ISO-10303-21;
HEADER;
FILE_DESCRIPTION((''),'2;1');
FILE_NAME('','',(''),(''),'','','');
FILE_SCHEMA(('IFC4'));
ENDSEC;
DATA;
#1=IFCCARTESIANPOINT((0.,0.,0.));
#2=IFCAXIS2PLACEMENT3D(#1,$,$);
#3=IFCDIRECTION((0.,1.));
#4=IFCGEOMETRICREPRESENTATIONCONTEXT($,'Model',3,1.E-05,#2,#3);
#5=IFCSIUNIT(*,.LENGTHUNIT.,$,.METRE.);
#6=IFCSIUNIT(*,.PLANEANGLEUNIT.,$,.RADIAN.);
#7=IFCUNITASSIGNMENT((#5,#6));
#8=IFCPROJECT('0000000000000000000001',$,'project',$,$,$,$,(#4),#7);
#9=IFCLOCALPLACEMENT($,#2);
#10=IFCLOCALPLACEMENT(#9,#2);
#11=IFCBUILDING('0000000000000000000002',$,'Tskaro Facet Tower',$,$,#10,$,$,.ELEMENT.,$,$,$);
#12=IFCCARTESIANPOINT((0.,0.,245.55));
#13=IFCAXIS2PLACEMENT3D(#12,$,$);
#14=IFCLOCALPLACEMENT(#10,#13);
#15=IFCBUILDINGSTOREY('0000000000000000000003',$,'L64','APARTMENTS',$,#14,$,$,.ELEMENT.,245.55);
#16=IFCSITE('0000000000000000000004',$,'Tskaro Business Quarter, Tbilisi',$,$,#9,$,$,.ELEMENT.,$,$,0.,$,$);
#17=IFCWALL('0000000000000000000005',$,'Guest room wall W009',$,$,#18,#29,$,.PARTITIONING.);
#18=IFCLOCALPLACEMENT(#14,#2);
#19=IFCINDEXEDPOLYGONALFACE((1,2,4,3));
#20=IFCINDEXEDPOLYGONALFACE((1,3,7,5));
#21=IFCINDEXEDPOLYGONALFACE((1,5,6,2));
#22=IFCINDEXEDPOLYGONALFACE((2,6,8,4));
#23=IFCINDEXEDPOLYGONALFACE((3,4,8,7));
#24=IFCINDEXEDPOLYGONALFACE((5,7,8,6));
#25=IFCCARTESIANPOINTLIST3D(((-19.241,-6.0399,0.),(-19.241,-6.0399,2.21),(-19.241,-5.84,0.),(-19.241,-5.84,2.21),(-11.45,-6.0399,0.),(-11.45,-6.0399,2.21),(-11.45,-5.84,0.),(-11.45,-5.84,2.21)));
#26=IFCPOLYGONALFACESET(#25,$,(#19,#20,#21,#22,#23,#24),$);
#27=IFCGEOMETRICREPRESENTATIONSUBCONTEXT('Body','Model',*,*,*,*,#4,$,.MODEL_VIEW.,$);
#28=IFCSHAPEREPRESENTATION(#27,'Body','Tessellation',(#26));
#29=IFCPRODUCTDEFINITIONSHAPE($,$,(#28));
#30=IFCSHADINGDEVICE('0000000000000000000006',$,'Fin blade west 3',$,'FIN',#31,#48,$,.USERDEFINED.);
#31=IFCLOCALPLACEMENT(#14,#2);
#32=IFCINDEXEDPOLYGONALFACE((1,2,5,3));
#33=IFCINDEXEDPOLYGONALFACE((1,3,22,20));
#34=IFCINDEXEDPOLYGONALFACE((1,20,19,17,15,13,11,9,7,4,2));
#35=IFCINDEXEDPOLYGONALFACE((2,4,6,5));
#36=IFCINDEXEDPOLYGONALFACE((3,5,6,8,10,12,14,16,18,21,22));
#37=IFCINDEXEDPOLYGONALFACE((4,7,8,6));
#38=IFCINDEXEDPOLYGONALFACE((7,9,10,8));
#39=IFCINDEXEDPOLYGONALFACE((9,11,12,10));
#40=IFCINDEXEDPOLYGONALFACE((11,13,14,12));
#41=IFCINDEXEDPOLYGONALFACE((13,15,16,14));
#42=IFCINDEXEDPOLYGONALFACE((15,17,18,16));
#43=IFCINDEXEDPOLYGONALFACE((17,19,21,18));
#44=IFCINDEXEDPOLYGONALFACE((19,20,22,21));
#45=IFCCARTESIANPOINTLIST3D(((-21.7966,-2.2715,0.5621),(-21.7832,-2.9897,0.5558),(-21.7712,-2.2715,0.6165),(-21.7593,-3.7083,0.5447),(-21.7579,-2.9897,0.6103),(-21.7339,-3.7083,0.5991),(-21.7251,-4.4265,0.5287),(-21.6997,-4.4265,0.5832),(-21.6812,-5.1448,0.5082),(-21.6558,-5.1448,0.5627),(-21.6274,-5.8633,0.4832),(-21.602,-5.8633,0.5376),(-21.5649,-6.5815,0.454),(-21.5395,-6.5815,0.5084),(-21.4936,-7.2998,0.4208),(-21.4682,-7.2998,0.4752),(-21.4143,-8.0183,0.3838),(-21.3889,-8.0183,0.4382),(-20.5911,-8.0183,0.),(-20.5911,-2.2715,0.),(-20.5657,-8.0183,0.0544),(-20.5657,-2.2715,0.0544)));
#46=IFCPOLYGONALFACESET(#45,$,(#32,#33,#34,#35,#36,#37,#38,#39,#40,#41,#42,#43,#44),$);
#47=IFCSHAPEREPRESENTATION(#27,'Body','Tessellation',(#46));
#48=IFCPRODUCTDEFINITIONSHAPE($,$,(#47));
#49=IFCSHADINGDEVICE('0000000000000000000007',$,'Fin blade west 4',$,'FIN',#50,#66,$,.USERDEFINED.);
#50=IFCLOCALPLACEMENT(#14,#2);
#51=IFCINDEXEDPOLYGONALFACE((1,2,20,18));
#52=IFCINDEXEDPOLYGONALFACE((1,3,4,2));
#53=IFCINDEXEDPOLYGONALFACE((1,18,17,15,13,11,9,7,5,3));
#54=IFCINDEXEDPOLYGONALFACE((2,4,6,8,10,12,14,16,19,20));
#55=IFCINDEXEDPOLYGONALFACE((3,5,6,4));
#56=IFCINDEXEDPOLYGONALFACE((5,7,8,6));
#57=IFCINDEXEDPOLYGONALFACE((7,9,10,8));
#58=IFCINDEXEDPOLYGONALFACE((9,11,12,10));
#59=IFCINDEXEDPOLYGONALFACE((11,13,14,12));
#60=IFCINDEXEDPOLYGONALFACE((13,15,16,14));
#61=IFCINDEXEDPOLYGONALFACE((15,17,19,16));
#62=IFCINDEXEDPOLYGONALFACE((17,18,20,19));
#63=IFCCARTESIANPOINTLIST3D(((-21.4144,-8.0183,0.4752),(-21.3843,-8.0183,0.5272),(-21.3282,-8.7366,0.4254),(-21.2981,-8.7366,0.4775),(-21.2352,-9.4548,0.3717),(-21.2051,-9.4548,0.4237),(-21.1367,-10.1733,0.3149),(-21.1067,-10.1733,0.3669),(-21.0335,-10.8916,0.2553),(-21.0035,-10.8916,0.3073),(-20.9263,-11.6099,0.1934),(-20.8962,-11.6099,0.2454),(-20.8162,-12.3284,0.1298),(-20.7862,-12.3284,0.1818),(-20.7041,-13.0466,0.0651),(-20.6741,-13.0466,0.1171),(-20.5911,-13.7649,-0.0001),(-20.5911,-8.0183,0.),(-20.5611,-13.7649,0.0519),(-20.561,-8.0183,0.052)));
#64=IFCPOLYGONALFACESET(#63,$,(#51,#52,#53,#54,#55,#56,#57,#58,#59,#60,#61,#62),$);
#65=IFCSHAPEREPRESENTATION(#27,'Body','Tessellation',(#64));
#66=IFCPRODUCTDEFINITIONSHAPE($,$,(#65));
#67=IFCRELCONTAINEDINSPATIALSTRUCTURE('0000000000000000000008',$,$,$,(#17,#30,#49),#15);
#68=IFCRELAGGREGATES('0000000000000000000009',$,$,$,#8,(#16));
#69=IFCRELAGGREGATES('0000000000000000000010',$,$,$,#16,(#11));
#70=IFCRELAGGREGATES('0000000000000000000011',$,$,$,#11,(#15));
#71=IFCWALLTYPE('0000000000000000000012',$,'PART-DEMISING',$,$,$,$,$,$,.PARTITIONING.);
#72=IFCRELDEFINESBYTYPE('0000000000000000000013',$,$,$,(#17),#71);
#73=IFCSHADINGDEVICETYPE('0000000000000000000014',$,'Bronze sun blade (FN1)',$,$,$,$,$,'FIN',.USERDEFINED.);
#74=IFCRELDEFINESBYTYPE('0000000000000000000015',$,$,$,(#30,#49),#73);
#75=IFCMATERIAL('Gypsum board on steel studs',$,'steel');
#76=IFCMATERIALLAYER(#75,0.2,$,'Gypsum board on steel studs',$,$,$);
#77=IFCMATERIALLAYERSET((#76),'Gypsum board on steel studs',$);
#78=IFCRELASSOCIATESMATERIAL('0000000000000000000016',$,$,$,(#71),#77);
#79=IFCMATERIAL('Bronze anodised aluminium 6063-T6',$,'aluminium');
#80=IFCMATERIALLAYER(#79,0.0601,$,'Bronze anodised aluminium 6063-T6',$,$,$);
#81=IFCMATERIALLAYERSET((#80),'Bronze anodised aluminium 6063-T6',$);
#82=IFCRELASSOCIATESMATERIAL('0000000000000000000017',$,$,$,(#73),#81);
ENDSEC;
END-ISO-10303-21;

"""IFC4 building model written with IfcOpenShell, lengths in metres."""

from ifc_helpers import new_model, si_unit, direction, frame, frame_2d, origin, place, context, subcontext, project, spatial, polyline, rectangle, outline, extrude, material, layer, layer_set, type_object, element, save


model = new_model("IFC4")

# Units and contexts
model_context = context("Model", 3, precision=1e-05, world=origin(), true_north=direction((0.0, 1.0)))
body_context = subcontext(model_context, "Body", "Model", "MODEL_VIEW")
ifc_project = project(units=[si_unit("LENGTHUNIT", "METRE"), si_unit("PLANEANGLEUNIT", "RADIAN")], contexts=[model_context])

# Site, building, storey
site_placement = place(None, origin())
site = spatial("IfcSite", under=ifc_project, at=site_placement, Name="Tskaro Business Quarter, Tbilisi", CompositionType="ELEMENT", RefElevation=0.0)
building_placement = place(site_placement, origin())
building = spatial("IfcBuilding", under=site, at=building_placement, Name="Tskaro Facet Tower", CompositionType="ELEMENT")
storey_placement = place(building_placement, frame((0.0, 0.0, 245.55)))
storey = spatial("IfcBuildingStorey", under=building, at=storey_placement, Name="L64", Description="APARTMENTS", CompositionType="ELEMENT", Elevation=245.55)

# Shared definitions
ifc_material_1 = material(Name="Bronze anodised aluminium 6063-T6", Category="aluminium")

# Shared definitions
ifc_material_2 = material(Name="Gypsum board on steel studs", Category="steel")

# Wall
ifc_layer_1 = layer(ifc_material_2, 0.2, Name="Gypsum board on steel studs")
ifc_layer_set_1 = layer_set([ifc_layer_1], Name="Gypsum board on steel studs")
wall_type_1 = type_object("IfcWallType", Name="PART-DEMISING", PredefinedType="PARTITIONING", material=ifc_layer_set_1)
wall_1_placement = place(storey_placement, frame((-19.241, -5.9399, 0.0), z_axis=(0.0, 0.0, 1.0), x_axis=(1.0, 0.0, 0.0)))
element("IfcWall", 1, at=wall_1_placement, inside=storey, type_object=wall_type_1, Name="Guest room wall W009", PredefinedType="PARTITIONING", context=body_context, shape_type="SweptSolid", body=[
    extrude(rectangle(XDim=7.791, YDim=0.2, at=frame_2d((3.8955, 0.0))), origin(), (0.0, 0.0, 1.0), 2.21),
])

# Shading devices
ifc_layer_2 = layer(ifc_material_1, 0.0601, Name="Bronze anodised aluminium 6063-T6")
ifc_layer_set_2 = layer_set([ifc_layer_2], Name="Bronze anodised aluminium 6063-T6")
shading_device_type = type_object("IfcShadingDeviceType", Name="Bronze sun blade (FN1)", ElementType="FIN", PredefinedType="USERDEFINED", material=ifc_layer_set_2)
shading_device_1_placement = place(storey_placement, frame((-20.5657, -2.2715, 0.0544), z_axis=(0.422547, 0.000001, 0.906341), x_axis=(0.0, -1.0, 0.0)))
element("IfcShadingDevice", 2, at=shading_device_1_placement, inside=storey, type_object=shading_device_type, Name="Fin blade west 3", ObjectType="FIN", PredefinedType="USERDEFINED", context=body_context, shape_type="SweptSolid", body=[
    extrude(outline(polyline([(0.0, 0.0), (5.7468, 0.0), (5.7468, -0.9083), (5.0283, -0.9958), (4.3101, -1.0744), (3.5918, -1.1435), (2.8733, -1.2028), (2.155, -1.2513), (1.4368, -1.289), (0.7183, -1.3154), (0.0, -1.3301), (0.0, 0.0)])), origin(), (0.0, 0.0, -1.0), 0.0601),
])
shading_device_2_placement = place(storey_placement, frame((-20.561, -8.0183, 0.052), z_axis=(0.499915, -0.000023, 0.866074), x_axis=(-0.000012, -1.0, -0.00002)))
element("IfcShadingDevice", 3, at=shading_device_2_placement, inside=storey, type_object=shading_device_type, Name="Fin blade west 4", ObjectType="FIN", PredefinedType="USERDEFINED", context=body_context, shape_type="SweptSolid", body=[
    extrude(outline(polyline([(0.0, 0.0), (5.7466, 0.0), (5.0283, -0.1305), (4.3101, -0.2599), (3.5916, -0.387), (2.8733, -0.5108), (2.155, -0.63), (1.4365, -0.7437), (0.7183, -0.8511), (0.0, -0.9506), (0.0, 0.0)])), origin(), (0.0, 0.0, -1.0), 0.0601),
])

save(model, "model.ifc")
